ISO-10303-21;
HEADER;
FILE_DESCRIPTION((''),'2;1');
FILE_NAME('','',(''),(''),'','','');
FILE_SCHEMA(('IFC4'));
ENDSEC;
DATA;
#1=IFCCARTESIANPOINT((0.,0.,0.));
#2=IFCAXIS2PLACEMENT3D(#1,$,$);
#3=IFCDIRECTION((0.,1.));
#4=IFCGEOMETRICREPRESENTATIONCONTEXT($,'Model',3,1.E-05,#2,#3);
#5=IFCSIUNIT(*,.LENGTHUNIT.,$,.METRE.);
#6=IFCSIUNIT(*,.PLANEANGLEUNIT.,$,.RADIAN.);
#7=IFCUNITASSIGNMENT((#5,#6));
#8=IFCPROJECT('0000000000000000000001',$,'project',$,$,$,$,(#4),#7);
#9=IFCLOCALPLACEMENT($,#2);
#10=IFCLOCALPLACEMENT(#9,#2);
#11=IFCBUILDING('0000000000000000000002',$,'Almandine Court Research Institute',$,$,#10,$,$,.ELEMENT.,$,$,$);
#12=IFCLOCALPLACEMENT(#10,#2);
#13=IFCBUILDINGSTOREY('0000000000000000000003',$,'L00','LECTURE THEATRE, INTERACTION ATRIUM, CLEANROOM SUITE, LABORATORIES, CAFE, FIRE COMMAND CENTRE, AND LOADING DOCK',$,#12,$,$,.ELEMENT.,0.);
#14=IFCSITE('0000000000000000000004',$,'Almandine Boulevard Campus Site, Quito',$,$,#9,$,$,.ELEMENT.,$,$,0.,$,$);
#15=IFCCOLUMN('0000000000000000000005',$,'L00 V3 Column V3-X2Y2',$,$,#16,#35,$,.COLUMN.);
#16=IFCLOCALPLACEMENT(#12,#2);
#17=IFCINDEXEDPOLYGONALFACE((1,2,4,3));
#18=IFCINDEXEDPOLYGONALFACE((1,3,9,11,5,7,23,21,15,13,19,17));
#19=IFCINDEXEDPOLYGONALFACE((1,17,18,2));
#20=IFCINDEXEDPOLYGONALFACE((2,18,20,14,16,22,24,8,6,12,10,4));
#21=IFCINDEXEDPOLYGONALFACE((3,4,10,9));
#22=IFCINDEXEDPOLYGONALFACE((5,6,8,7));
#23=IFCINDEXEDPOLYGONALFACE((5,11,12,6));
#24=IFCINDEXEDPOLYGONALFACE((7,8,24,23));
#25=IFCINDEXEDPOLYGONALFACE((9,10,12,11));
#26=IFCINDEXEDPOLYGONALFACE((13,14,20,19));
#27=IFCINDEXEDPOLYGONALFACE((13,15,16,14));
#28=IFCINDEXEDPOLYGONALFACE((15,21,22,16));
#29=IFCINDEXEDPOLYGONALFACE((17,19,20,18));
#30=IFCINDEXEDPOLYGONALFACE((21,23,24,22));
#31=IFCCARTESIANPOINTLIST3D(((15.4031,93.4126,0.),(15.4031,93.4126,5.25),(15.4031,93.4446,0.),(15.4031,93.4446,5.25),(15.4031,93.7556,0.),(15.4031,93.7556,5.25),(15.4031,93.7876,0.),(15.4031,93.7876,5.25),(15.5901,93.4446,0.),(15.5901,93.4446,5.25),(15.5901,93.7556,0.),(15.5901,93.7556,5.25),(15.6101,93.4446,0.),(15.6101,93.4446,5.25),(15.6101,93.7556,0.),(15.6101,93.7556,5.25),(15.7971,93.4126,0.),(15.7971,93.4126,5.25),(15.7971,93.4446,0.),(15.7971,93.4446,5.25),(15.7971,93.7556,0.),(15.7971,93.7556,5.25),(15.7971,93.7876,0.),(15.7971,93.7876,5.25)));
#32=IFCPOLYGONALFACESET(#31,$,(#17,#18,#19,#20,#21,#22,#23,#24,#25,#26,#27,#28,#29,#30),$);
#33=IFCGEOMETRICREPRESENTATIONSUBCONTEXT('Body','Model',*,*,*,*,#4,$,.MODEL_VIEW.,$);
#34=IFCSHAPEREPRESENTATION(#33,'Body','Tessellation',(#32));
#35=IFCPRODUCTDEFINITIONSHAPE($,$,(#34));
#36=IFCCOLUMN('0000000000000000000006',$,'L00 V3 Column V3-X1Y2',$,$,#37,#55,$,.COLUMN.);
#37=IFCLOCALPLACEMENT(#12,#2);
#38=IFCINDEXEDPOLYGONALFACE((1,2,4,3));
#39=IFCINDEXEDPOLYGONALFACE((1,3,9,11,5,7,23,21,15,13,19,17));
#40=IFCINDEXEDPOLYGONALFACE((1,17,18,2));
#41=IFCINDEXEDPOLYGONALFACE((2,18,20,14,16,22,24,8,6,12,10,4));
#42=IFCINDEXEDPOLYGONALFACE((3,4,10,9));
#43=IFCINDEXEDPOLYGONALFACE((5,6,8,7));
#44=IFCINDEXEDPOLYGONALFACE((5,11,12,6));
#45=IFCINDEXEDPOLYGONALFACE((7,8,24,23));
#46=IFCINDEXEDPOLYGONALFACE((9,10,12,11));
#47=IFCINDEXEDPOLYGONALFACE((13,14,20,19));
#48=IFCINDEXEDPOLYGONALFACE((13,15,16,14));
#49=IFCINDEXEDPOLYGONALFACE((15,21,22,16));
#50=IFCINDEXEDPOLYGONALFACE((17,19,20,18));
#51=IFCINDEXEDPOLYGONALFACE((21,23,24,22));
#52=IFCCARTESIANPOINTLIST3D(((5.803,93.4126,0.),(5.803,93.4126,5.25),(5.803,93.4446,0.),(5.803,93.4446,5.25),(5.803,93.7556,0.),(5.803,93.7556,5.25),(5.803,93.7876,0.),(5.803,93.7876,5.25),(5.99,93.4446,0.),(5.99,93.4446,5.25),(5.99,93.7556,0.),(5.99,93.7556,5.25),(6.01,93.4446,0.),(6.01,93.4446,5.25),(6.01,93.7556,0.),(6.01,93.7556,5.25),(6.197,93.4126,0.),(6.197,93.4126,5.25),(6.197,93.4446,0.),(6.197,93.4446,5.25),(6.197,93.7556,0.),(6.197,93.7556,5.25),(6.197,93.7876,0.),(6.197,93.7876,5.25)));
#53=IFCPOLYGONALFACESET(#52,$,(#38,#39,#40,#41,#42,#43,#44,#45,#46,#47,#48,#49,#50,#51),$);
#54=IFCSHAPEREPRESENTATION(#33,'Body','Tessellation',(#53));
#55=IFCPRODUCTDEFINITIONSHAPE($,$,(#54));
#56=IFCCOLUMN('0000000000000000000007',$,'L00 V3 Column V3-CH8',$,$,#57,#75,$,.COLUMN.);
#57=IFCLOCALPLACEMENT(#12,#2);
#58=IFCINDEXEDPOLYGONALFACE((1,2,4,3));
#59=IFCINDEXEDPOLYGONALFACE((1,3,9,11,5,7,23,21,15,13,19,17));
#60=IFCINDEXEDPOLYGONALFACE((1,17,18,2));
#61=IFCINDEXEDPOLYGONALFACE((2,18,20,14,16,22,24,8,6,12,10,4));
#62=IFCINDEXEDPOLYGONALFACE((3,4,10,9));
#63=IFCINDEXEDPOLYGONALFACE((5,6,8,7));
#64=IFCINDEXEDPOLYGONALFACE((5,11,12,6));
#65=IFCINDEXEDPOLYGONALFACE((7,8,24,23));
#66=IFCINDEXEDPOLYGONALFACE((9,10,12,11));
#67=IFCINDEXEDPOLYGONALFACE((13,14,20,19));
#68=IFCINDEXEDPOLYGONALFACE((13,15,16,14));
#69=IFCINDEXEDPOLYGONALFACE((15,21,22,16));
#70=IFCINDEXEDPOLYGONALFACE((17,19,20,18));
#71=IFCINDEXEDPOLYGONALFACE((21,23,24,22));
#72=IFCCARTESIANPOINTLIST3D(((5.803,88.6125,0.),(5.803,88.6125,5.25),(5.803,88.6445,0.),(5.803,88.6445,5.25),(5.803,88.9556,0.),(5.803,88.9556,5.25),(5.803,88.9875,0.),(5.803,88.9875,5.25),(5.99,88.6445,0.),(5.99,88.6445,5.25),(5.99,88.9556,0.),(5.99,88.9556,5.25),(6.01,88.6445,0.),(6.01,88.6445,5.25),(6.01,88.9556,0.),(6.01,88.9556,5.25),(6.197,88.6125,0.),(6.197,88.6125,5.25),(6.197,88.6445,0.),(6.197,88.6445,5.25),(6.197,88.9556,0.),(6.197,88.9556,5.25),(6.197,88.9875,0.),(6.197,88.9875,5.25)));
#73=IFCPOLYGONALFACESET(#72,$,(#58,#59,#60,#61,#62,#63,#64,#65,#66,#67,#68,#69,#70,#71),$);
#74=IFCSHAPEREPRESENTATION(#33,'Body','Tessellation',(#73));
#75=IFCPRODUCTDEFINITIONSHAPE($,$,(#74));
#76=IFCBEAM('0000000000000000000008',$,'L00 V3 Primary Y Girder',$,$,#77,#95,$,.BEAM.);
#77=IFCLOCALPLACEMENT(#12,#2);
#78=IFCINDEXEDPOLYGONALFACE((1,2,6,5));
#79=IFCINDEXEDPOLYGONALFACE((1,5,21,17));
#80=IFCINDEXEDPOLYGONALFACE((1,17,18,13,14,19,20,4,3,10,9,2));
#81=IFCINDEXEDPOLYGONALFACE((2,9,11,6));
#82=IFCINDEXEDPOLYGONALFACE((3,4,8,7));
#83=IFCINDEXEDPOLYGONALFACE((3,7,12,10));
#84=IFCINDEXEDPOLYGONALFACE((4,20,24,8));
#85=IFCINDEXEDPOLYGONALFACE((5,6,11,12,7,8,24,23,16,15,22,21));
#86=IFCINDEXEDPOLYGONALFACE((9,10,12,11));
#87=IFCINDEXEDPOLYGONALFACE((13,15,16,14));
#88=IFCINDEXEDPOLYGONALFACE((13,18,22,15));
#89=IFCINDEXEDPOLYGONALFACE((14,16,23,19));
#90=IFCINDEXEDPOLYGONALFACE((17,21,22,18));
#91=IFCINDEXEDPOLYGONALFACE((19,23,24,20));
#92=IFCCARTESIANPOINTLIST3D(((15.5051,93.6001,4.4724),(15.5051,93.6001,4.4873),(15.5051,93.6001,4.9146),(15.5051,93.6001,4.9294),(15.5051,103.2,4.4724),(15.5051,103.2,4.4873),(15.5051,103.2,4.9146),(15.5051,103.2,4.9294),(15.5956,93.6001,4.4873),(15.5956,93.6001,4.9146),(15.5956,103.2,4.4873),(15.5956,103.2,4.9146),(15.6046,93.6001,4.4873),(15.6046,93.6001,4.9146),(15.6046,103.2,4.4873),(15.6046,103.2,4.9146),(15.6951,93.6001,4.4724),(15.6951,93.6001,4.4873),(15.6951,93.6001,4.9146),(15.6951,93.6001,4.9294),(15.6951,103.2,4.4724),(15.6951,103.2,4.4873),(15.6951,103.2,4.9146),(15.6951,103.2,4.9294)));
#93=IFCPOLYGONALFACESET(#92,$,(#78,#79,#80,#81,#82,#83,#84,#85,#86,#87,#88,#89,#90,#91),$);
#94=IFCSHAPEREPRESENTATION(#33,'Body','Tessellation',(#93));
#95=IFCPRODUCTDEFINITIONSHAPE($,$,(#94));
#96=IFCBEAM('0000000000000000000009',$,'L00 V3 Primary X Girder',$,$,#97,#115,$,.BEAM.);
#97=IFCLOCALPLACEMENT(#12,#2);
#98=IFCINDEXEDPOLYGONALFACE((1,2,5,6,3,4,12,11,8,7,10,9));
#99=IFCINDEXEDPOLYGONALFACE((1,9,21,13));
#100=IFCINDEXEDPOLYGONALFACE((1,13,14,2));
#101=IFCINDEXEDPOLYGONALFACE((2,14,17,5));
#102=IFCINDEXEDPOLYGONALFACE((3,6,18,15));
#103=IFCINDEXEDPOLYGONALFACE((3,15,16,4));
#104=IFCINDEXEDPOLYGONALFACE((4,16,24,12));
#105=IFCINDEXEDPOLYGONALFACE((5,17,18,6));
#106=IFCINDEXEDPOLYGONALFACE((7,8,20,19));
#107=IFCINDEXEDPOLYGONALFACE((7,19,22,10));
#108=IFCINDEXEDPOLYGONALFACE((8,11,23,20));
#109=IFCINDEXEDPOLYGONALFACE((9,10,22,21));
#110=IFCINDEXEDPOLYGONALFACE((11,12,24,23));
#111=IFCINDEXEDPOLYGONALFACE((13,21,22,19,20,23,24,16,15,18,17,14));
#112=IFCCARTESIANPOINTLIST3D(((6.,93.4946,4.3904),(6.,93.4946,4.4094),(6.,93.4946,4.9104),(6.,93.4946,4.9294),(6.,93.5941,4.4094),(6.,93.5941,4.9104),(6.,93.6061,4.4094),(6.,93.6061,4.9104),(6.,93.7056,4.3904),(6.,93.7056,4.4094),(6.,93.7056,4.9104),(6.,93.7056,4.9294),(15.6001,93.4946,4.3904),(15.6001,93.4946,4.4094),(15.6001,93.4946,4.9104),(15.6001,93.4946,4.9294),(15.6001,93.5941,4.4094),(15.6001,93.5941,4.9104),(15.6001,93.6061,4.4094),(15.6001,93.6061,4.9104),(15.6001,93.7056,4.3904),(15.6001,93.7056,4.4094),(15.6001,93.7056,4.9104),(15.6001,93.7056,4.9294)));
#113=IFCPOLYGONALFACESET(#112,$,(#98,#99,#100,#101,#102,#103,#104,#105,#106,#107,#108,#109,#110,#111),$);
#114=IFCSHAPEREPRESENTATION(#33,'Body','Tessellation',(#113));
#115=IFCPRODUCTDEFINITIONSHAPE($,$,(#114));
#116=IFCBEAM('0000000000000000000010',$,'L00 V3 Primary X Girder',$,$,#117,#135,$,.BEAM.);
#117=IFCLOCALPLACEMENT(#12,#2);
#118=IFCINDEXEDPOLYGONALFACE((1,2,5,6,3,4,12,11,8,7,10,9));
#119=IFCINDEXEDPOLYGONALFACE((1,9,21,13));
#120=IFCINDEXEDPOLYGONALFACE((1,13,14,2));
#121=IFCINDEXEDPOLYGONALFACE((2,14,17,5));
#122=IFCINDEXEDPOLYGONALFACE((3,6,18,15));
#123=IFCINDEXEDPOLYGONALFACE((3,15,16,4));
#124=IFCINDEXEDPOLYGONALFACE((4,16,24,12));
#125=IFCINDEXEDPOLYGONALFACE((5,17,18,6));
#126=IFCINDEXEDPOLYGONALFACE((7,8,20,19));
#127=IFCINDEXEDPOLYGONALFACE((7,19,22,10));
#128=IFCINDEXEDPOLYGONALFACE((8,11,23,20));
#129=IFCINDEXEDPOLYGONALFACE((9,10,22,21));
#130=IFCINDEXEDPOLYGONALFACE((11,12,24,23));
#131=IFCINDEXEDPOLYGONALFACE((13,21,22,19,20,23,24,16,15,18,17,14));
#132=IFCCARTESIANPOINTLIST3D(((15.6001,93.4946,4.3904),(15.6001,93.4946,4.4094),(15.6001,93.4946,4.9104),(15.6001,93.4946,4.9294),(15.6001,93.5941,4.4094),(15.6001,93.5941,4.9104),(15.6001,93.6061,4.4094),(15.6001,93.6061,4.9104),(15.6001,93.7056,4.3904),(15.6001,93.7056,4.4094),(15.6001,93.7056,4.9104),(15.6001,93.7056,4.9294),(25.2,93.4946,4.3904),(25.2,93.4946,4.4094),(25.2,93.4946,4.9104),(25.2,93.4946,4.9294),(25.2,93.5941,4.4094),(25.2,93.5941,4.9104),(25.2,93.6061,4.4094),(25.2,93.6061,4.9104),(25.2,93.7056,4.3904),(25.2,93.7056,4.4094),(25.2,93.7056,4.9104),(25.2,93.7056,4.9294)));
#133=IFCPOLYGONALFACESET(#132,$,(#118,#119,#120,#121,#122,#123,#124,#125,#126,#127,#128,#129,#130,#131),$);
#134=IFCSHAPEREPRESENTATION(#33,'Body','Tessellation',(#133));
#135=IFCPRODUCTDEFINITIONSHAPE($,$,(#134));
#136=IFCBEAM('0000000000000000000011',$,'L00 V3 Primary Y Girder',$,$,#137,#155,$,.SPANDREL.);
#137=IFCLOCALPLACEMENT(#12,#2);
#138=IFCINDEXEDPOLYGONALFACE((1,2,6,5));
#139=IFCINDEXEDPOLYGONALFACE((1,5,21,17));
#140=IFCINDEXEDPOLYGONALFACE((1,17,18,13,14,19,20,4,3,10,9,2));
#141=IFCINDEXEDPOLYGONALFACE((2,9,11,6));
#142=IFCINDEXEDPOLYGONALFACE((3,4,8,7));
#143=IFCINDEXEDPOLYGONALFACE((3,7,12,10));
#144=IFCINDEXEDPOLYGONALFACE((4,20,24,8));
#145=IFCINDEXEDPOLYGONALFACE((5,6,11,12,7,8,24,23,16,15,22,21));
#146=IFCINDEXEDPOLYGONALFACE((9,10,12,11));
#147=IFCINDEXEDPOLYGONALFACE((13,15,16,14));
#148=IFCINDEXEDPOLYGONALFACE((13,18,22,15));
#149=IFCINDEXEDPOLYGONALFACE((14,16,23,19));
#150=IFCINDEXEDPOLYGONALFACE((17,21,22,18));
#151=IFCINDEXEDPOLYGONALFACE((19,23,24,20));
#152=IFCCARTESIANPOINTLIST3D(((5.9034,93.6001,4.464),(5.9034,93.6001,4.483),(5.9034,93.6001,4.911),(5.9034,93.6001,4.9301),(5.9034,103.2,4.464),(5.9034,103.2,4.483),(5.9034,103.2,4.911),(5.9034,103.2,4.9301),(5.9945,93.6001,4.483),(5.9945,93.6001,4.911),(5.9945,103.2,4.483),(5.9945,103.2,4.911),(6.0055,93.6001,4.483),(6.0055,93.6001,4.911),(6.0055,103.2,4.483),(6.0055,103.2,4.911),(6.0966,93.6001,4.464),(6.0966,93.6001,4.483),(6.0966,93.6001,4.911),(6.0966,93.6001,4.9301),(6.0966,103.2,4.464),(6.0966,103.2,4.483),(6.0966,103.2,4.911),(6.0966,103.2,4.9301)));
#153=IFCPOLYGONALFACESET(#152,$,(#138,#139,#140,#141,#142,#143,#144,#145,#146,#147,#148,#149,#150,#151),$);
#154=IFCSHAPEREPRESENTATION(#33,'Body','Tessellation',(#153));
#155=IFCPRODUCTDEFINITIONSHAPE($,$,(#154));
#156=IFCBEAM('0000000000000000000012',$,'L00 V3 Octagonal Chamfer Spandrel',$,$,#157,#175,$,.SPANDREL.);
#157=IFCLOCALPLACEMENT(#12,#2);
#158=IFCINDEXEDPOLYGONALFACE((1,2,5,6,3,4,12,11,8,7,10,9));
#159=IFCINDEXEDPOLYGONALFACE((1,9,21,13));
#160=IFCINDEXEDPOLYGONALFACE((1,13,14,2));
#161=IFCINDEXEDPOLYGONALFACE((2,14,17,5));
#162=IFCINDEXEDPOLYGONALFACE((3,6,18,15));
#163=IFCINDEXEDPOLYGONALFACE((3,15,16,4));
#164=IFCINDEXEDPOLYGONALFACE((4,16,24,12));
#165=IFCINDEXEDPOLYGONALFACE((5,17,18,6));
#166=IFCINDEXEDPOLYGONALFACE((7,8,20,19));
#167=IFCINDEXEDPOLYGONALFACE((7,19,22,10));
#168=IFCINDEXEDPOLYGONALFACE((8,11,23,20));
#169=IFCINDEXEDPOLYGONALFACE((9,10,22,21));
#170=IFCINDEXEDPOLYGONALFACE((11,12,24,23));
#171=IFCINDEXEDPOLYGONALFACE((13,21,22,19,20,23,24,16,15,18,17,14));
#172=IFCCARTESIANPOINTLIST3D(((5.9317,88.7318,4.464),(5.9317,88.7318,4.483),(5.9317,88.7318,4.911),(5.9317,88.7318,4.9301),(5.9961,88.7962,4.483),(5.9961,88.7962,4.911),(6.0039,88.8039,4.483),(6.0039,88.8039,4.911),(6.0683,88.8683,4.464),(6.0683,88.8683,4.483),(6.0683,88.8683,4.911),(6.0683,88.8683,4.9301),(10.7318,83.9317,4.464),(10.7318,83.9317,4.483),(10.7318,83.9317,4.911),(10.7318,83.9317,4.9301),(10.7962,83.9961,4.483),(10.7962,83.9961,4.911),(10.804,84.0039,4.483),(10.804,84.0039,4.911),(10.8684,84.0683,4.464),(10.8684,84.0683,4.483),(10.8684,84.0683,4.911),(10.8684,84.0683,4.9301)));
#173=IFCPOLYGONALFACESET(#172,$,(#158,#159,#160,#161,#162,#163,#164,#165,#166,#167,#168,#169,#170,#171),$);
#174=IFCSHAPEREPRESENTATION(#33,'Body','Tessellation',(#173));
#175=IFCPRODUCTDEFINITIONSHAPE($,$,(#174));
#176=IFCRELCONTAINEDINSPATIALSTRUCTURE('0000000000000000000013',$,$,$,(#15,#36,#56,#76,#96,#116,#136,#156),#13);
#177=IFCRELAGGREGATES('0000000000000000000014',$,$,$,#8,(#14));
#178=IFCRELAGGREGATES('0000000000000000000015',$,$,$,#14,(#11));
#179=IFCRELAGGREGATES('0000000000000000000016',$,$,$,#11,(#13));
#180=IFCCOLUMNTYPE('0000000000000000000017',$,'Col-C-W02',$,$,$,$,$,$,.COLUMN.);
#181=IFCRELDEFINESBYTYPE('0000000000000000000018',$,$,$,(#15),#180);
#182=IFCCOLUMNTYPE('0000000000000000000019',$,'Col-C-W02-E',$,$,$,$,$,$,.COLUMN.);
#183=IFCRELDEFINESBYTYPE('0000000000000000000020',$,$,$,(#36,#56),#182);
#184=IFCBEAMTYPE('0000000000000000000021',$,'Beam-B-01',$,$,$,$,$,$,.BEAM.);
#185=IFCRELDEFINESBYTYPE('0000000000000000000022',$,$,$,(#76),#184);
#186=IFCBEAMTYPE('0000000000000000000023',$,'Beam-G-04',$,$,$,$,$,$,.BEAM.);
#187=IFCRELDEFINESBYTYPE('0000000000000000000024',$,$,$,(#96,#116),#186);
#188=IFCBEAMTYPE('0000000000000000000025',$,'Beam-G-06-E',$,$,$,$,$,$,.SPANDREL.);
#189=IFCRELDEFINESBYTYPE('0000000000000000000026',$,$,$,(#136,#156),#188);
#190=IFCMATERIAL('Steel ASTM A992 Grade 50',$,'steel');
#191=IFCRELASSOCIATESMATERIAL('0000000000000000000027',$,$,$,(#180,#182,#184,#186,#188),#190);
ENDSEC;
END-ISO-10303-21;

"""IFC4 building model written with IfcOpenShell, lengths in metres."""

from ifc_helpers import new_model, si_unit, direction, frame, origin, origin_2d, place, context, subcontext, project, spatial, i_section, extrude, material, material_profile, profile_set, type_object, element, save


model = new_model("IFC4")

# Units and contexts
model_context = context("Model", 3, precision=1e-05, world=origin(), true_north=direction((0.0, 1.0)))
body_context = subcontext(model_context, "Body", "Model", "MODEL_VIEW")
ifc_project = project(units=[si_unit("LENGTHUNIT", "METRE"), si_unit("PLANEANGLEUNIT", "RADIAN")], contexts=[model_context])

# Site, building, storey
site_placement = place(None, origin())
site = spatial("IfcSite", under=ifc_project, at=site_placement, Name="Almandine Boulevard Campus Site, Quito", CompositionType="ELEMENT", RefElevation=0.0)
building_placement = place(site_placement, origin())
building = spatial("IfcBuilding", under=site, at=building_placement, Name="Almandine Court Research Institute", CompositionType="ELEMENT")
storey_placement = place(building_placement, origin())
storey = spatial("IfcBuildingStorey", under=building, at=storey_placement, Name="L00", Description="LECTURE THEATRE, INTERACTION ATRIUM, CLEANROOM SUITE, LABORATORIES, CAFE, FIRE COMMAND CENTRE, AND LOADING DOCK", CompositionType="ELEMENT", Elevation=0.0)

# Columns
ifc_material_1 = material(Name="Steel ASTM A992 Grade 50", Category="steel")
ifc_material_profile_1 = material_profile(ifc_material_1, i_section(OverallWidth=0.394, OverallDepth=0.375, WebThickness=0.02, FlangeThickness=0.032, at=origin_2d()), Name="W360x216")
ifc_profile_set_1 = profile_set([ifc_material_profile_1], Name="Steel ASTM A992 Grade 50")
column_type_1 = type_object("IfcColumnType", Name="Col-C-W02", PredefinedType="COLUMN", material=ifc_profile_set_1)
column_placement = place(storey_placement, frame((15.6001, 93.6001, 0.0), z_axis=(0.0, 0.0, 1.0), x_axis=(1.0, 0.0, 0.0)))
element("IfcColumn", 1, at=column_placement, inside=storey, type_object=column_type_1, Name="L00 V3 Column V3-X2Y2", PredefinedType="COLUMN", context=body_context, shape_type="SweptSolid", body=[
    extrude(i_section(OverallWidth=0.394, OverallDepth=0.375, WebThickness=0.02, FlangeThickness=0.032, at=origin_2d()), origin(), (0.0, 0.0, 1.0), 5.25),
])
ifc_material_profile_2 = material_profile(ifc_material_1, i_section(OverallWidth=0.394, OverallDepth=0.375, WebThickness=0.02, FlangeThickness=0.032, at=origin_2d()), Name="W360x216")
ifc_profile_set_2 = profile_set([ifc_material_profile_2], Name="Steel ASTM A992 Grade 50")
column_type_2 = type_object("IfcColumnType", Name="Col-C-W02-E", PredefinedType="COLUMN", material=ifc_profile_set_2)
for number, where, z_axis, x_axis, name in (
    (2, (6.0, 93.6001, 0.0), (0.0, 0.0, 1.0), (1.0, 0.0, 0.0), "L00 V3 Column V3-X1Y2"),
    (3, (6.0, 88.8, 0.0), (0.0, 0.0, 1.0), (1.0, 0.0, 0.0), "L00 V3 Column V3-CH8"),
):
    element("IfcColumn", number, at=place(storey_placement, frame(where, z_axis=z_axis, x_axis=x_axis)), inside=storey, type_object=column_type_2, Name=name, PredefinedType="COLUMN", context=body_context, shape_type="SweptSolid", body=[
        extrude(i_section(OverallWidth=0.394, OverallDepth=0.375, WebThickness=0.02, FlangeThickness=0.032, at=origin_2d()), origin(), (0.0, 0.0, 1.0), 5.25),
    ])

# Beams
ifc_material_profile_3 = material_profile(ifc_material_1, i_section(OverallWidth=0.1899, OverallDepth=0.457, WebThickness=0.009, FlangeThickness=0.0149, at=origin_2d()), Name="W460x74")
ifc_profile_set_3 = profile_set([ifc_material_profile_3], Name="Steel ASTM A992 Grade 50")
beam_type_1 = type_object("IfcBeamType", Name="Beam-B-01", PredefinedType="BEAM", material=ifc_profile_set_3)
beam_1_placement = place(storey_placement, frame((15.6001, 93.6001, 4.7009), z_axis=(0.0, 1.0, 0.0), x_axis=(-1.0, 0.0, 0.0)))
element("IfcBeam", 4, at=beam_1_placement, inside=storey, type_object=beam_type_1, Name="L00 V3 Primary Y Girder", PredefinedType="BEAM", context=body_context, shape_type="SweptSolid", body=[
    extrude(i_section(OverallWidth=0.1899, OverallDepth=0.457, WebThickness=0.009, FlangeThickness=0.0149, at=origin_2d()), origin(), (0.0, 0.0, 1.0), 9.5999),
])
ifc_material_profile_4 = material_profile(ifc_material_1, i_section(OverallWidth=0.2109, OverallDepth=0.5391, WebThickness=0.012, FlangeThickness=0.019, at=origin_2d()), Name="W530x109")
ifc_profile_set_4 = profile_set([ifc_material_profile_4], Name="Steel ASTM A992 Grade 50")
beam_type_2 = type_object("IfcBeamType", Name="Beam-G-04", PredefinedType="BEAM", material=ifc_profile_set_4)
beam_2_placement = place(storey_placement, frame((6.0, 93.6001, 4.6599), z_axis=(1.0, 0.0, 0.0), x_axis=(0.0, 1.0, 0.0)))
element("IfcBeam", 5, at=beam_2_placement, inside=storey, type_object=beam_type_2, Name="L00 V3 Primary X Girder", PredefinedType="BEAM", context=body_context, shape_type="SweptSolid", body=[
    extrude(i_section(OverallWidth=0.2109, OverallDepth=0.5391, WebThickness=0.012, FlangeThickness=0.019, at=origin_2d()), origin(), (0.0, 0.0, 1.0), 9.6001),
])
beam_3_placement = place(storey_placement, frame((15.6001, 93.6001, 4.6599), z_axis=(1.0, 0.0, 0.0), x_axis=(0.0, 1.0, 0.0)))
element("IfcBeam", 6, at=beam_3_placement, inside=storey, type_object=beam_type_2, Name="L00 V3 Primary X Girder", PredefinedType="BEAM", context=body_context, shape_type="SweptSolid", body=[
    extrude(i_section(OverallWidth=0.2109, OverallDepth=0.5391, WebThickness=0.012, FlangeThickness=0.019, at=origin_2d()), origin(), (0.0, 0.0, 1.0), 9.5999),
])
ifc_material_profile_5 = material_profile(ifc_material_1, i_section(OverallWidth=0.1931, OverallDepth=0.4661, WebThickness=0.011, FlangeThickness=0.019, at=origin_2d()), Name="W460x97")
ifc_profile_set_5 = profile_set([ifc_material_profile_5], Name="Steel ASTM A992 Grade 50")
beam_type_3 = type_object("IfcBeamType", Name="Beam-G-06-E", PredefinedType="SPANDREL", material=ifc_profile_set_5)
beam_4_placement = place(storey_placement, frame((6.0, 93.6001, 4.697), z_axis=(0.0, 1.0, 0.0), x_axis=(-1.0, 0.0, 0.0)))
element("IfcBeam", 7, at=beam_4_placement, inside=storey, type_object=beam_type_3, Name="L00 V3 Primary Y Girder", PredefinedType="SPANDREL", context=body_context, shape_type="SweptSolid", body=[
    extrude(i_section(OverallWidth=0.1931, OverallDepth=0.4661, WebThickness=0.011, FlangeThickness=0.019, at=origin_2d()), origin(), (0.0, 0.0, 1.0), 9.5999),
])
beam_5_placement = place(storey_placement, frame((6.0, 88.8, 4.697), z_axis=(0.707107, -0.707107, 0.0), x_axis=(0.707107, 0.707107, 0.0)))
element("IfcBeam", 8, at=beam_5_placement, inside=storey, type_object=beam_type_3, Name="L00 V3 Octagonal Chamfer Spandrel", PredefinedType="SPANDREL", context=body_context, shape_type="SweptSolid", body=[
    extrude(i_section(OverallWidth=0.1931, OverallDepth=0.4661, WebThickness=0.011, FlangeThickness=0.019, at=origin_2d()), origin(), (0.0, 0.0, 1.0), 6.7883),
])

save(model, "model.ifc")
